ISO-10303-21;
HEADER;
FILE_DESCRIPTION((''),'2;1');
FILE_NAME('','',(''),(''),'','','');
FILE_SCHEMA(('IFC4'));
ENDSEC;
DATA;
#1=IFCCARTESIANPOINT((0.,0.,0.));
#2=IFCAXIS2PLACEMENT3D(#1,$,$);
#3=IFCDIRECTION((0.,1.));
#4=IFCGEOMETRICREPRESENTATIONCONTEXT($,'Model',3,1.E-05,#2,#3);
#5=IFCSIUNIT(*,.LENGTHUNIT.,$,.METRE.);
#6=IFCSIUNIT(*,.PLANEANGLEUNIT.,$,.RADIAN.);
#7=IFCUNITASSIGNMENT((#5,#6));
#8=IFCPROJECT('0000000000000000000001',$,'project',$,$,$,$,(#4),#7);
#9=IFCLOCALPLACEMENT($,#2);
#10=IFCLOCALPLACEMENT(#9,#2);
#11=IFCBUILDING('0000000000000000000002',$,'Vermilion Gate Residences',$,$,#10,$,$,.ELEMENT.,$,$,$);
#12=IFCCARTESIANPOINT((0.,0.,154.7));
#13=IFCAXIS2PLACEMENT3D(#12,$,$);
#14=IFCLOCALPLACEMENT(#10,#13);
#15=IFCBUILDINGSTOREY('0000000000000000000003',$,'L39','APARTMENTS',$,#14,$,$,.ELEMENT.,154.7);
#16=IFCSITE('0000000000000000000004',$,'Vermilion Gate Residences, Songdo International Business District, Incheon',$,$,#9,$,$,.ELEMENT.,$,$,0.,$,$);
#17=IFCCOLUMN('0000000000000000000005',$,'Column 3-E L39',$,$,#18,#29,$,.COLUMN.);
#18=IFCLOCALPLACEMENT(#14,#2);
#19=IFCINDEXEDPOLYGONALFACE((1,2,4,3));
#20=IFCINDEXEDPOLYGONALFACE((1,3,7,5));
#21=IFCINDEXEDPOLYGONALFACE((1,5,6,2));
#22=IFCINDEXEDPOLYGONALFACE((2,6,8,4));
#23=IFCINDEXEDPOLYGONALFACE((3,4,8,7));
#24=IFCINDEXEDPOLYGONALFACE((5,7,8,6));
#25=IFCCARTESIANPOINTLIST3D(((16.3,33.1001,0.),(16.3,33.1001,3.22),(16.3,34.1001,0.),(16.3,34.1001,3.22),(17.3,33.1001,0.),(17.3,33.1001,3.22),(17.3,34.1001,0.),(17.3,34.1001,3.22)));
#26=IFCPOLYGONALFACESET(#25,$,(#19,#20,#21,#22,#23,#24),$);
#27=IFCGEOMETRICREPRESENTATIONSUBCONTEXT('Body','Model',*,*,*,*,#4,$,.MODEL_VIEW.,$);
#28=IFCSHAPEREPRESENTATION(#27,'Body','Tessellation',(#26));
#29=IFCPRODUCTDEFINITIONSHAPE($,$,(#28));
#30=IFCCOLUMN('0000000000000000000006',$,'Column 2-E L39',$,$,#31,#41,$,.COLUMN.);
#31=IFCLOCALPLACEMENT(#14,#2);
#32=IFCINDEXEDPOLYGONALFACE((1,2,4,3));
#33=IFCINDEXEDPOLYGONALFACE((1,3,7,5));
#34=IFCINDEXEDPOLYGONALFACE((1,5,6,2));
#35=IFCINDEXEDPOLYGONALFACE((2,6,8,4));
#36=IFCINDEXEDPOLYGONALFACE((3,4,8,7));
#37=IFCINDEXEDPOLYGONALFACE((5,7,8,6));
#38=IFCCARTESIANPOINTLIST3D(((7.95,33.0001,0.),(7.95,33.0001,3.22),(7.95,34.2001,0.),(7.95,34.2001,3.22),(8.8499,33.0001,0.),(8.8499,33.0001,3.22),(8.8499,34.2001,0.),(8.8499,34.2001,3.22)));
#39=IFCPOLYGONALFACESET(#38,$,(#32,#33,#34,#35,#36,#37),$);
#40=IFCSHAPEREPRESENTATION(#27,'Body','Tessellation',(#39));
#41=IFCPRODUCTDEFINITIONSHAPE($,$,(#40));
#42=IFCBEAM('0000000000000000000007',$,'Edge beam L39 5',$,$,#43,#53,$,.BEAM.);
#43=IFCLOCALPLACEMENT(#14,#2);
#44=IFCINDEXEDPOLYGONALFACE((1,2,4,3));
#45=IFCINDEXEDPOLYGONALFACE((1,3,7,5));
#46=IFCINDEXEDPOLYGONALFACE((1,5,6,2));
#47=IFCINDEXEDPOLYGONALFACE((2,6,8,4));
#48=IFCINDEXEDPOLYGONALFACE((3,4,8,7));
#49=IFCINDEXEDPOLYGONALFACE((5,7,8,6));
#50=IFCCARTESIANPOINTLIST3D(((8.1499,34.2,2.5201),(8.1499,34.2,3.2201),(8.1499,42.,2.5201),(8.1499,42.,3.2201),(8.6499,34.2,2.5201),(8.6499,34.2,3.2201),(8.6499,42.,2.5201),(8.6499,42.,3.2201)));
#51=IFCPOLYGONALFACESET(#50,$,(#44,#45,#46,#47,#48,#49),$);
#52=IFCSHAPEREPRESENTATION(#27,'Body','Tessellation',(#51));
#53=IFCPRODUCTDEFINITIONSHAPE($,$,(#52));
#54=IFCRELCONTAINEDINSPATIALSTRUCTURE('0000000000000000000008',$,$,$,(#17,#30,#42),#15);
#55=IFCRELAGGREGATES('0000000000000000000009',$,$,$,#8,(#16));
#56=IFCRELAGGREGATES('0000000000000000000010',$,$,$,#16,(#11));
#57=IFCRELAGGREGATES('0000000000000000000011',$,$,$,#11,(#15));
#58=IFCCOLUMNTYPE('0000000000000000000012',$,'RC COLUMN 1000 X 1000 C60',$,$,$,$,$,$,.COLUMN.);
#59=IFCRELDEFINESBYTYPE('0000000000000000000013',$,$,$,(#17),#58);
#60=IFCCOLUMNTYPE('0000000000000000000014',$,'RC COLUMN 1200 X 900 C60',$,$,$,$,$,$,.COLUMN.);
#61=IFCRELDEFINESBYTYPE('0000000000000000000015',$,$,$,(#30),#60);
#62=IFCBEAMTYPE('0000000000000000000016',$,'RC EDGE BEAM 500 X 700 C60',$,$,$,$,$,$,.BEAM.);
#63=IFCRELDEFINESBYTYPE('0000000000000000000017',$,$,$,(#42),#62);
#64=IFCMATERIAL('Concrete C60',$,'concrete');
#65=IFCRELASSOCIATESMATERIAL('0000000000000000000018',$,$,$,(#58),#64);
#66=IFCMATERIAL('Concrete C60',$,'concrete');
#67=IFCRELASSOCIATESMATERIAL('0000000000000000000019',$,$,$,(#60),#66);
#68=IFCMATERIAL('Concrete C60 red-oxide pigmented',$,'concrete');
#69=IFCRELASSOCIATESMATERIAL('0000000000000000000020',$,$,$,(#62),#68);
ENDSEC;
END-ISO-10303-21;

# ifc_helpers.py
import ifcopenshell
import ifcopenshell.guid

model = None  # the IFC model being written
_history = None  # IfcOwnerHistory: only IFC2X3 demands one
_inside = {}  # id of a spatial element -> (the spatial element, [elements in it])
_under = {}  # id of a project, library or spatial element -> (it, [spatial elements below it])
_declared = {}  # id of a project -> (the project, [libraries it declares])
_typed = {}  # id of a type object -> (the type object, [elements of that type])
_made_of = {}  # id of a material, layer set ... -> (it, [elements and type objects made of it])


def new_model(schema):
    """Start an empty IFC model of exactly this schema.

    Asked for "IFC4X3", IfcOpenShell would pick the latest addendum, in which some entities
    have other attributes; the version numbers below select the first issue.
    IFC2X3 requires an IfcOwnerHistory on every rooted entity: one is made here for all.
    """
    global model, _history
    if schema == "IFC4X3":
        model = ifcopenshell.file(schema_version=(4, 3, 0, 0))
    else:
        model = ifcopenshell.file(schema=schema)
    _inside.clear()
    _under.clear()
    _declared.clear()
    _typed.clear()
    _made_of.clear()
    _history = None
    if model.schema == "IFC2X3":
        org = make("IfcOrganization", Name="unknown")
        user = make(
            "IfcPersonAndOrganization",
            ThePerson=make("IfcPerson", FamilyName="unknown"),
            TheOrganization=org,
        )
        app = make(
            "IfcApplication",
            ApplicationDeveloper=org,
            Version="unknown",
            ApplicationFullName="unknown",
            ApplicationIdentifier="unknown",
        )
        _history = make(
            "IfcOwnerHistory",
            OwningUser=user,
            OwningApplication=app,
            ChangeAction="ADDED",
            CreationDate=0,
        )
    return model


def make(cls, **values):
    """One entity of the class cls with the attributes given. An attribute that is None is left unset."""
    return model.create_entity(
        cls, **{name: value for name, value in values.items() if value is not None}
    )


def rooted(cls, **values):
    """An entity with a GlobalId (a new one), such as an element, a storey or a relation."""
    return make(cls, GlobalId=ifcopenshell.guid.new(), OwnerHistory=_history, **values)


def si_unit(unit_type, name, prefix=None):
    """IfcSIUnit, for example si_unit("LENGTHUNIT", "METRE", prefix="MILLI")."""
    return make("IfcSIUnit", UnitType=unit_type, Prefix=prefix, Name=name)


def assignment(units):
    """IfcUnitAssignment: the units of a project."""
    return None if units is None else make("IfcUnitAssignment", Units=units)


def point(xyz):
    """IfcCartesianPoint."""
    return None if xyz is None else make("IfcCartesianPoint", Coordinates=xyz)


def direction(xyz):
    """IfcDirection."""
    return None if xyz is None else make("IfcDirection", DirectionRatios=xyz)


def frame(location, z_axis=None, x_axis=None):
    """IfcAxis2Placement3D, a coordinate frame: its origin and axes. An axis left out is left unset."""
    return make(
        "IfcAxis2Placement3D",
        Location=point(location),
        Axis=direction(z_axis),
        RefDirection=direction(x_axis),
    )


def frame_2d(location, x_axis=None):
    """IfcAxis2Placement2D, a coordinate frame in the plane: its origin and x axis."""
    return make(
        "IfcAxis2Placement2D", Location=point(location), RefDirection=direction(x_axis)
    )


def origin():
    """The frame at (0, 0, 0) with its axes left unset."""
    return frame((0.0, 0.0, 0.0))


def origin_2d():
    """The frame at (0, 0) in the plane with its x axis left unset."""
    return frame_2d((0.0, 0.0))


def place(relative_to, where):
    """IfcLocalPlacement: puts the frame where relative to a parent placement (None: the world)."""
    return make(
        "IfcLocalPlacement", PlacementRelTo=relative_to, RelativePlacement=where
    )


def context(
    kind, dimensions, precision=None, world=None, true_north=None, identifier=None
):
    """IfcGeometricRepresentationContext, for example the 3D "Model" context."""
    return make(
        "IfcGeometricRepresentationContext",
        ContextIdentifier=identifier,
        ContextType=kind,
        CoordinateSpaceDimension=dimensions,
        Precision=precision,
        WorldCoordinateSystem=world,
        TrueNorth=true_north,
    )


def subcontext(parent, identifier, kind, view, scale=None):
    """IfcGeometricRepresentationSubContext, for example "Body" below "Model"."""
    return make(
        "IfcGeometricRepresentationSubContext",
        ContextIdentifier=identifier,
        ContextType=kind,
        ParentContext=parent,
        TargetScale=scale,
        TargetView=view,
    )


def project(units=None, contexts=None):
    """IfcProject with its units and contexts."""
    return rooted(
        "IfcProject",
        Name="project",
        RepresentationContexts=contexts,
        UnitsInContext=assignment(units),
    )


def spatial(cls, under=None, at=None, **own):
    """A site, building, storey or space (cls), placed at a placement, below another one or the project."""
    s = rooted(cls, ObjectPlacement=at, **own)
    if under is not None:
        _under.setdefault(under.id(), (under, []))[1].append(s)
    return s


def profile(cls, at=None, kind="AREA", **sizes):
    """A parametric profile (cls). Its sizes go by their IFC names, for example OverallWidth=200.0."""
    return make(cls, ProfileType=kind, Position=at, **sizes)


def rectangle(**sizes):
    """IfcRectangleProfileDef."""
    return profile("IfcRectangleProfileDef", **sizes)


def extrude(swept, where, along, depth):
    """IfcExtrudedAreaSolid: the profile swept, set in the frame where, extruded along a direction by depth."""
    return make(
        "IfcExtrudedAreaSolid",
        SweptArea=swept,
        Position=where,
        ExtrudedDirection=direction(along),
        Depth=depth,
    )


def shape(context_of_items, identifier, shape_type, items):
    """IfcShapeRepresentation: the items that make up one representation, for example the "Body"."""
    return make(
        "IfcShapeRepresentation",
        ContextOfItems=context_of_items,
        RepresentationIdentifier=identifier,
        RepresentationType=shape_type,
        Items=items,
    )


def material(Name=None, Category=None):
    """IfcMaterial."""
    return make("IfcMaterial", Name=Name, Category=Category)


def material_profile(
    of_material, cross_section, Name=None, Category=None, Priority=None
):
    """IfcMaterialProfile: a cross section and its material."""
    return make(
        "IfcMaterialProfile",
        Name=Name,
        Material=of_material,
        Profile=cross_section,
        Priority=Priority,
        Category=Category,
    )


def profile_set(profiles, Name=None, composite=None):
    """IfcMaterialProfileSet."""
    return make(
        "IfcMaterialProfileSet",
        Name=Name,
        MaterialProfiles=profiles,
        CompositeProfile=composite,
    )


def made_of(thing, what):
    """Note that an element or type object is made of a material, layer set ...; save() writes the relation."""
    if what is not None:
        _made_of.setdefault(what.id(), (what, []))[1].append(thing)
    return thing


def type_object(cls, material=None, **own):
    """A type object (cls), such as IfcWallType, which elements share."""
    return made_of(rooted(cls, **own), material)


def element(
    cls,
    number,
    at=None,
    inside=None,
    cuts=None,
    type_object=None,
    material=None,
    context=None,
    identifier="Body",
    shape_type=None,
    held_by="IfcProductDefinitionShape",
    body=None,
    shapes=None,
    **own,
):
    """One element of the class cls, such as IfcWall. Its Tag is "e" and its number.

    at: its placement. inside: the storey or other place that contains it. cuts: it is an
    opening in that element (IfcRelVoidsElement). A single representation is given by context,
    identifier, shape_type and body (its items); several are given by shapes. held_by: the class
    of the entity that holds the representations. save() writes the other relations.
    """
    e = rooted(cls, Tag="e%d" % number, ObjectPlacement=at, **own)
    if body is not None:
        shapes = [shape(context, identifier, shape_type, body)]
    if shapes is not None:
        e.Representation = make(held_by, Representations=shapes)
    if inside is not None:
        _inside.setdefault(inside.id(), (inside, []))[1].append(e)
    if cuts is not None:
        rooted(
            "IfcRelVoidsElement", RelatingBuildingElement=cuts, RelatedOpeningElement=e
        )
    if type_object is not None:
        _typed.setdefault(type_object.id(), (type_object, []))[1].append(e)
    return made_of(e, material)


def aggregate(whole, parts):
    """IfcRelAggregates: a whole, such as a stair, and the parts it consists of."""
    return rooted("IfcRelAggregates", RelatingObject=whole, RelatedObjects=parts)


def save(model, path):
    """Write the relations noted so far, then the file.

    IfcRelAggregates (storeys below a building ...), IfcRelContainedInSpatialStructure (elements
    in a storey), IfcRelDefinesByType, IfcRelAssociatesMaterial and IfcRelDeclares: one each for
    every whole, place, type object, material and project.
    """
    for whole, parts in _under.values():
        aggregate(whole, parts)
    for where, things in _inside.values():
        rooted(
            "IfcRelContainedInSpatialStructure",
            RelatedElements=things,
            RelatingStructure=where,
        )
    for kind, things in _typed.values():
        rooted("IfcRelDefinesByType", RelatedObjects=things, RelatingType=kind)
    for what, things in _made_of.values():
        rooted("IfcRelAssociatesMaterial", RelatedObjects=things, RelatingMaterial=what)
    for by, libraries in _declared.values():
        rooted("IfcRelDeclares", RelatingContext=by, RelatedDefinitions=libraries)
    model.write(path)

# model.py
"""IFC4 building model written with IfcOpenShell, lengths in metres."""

from ifc_helpers import new_model, si_unit, direction, frame, origin, origin_2d, place, context, subcontext, project, spatial, rectangle, extrude, material, material_profile, profile_set, type_object, element, save


model = new_model("IFC4")

# Units and contexts
model_context = context("Model", 3, precision=1e-05, world=origin(), true_north=direction((0.0, 1.0)))
body_context = subcontext(model_context, "Body", "Model", "MODEL_VIEW")
ifc_project = project(units=[si_unit("LENGTHUNIT", "METRE"), si_unit("PLANEANGLEUNIT", "RADIAN")], contexts=[model_context])

# Site, building, storey
site_placement = place(None, origin())
site = spatial("IfcSite", under=ifc_project, at=site_placement, Name="Vermilion Gate Residences, Songdo International Business District, Incheon", CompositionType="ELEMENT", RefElevation=0.0)
building_placement = place(site_placement, origin())
building = spatial("IfcBuilding", under=site, at=building_placement, Name="Vermilion Gate Residences", CompositionType="ELEMENT")
storey_placement = place(building_placement, frame((0.0, 0.0, 154.7)))
storey = spatial("IfcBuildingStorey", under=building, at=storey_placement, Name="L39", Description="APARTMENTS", CompositionType="ELEMENT", Elevation=154.7)

# Columns
ifc_material_1 = material(Name="Concrete C60", Category="concrete")
ifc_material_profile_1 = material_profile(ifc_material_1, rectangle(XDim=1.0, YDim=1.0, at=origin_2d()), Name="RC-1000x1000")
ifc_profile_set_1 = profile_set([ifc_material_profile_1], Name="Concrete C60")
column_type_1 = type_object("IfcColumnType", Name="RC COLUMN 1000 X 1000 C60", PredefinedType="COLUMN", material=ifc_profile_set_1)
column_1_placement = place(storey_placement, frame((16.8, 33.6001, 0.0), z_axis=(0.0, 0.0, 1.0), x_axis=(1.0, 0.0, 0.0)))
element("IfcColumn", 1, at=column_1_placement, inside=storey, type_object=column_type_1, Name="Column 3-E L39", PredefinedType="COLUMN", context=body_context, shape_type="SweptSolid", body=[
    extrude(rectangle(XDim=1.0, YDim=1.0, at=origin_2d()), origin(), (0.0, 0.0, 1.0), 3.22),
])
ifc_material_2 = material(Name="Concrete C60", Category="concrete")
ifc_material_profile_2 = material_profile(ifc_material_2, rectangle(XDim=1.2, YDim=0.8999, at=origin_2d()), Name="RC-1200x900")
ifc_profile_set_2 = profile_set([ifc_material_profile_2], Name="Concrete C60")
column_type_2 = type_object("IfcColumnType", Name="RC COLUMN 1200 X 900 C60", PredefinedType="COLUMN", material=ifc_profile_set_2)
column_2_placement = place(storey_placement, frame((8.3999, 33.6001, 0.0), z_axis=(0.0, 0.0, 1.0), x_axis=(0.0, 1.0, 0.0)))
element("IfcColumn", 2, at=column_2_placement, inside=storey, type_object=column_type_2, Name="Column 2-E L39", PredefinedType="COLUMN", context=body_context, shape_type="SweptSolid", body=[
    extrude(rectangle(XDim=1.2, YDim=0.8999, at=origin_2d()), origin(), (0.0, 0.0, 1.0), 3.22),
])

# Beam
ifc_material_3 = material(Name="Concrete C60 red-oxide pigmented", Category="concrete")
ifc_material_profile_3 = material_profile(ifc_material_3, rectangle(XDim=0.5, YDim=0.7, at=origin_2d()), Name="RC-500x700")
ifc_profile_set_3 = profile_set([ifc_material_profile_3], Name="Concrete C60 red-oxide pigmented")
beam_type = type_object("IfcBeamType", Name="RC EDGE BEAM 500 X 700 C60", PredefinedType="BEAM", material=ifc_profile_set_3)
beam_placement = place(storey_placement, frame((8.3999, 34.2, 2.8701), z_axis=(0.0, 1.0, 0.0), x_axis=(-1.0, 0.0, 0.0)))
element("IfcBeam", 3, at=beam_placement, inside=storey, type_object=beam_type, Name="Edge beam L39 5", PredefinedType="BEAM", context=body_context, shape_type="SweptSolid", body=[
    extrude(rectangle(XDim=0.5, YDim=0.7, at=origin_2d()), origin(), (0.0, 0.0, 1.0), 7.8),
])

save(model, "model.ifc")
